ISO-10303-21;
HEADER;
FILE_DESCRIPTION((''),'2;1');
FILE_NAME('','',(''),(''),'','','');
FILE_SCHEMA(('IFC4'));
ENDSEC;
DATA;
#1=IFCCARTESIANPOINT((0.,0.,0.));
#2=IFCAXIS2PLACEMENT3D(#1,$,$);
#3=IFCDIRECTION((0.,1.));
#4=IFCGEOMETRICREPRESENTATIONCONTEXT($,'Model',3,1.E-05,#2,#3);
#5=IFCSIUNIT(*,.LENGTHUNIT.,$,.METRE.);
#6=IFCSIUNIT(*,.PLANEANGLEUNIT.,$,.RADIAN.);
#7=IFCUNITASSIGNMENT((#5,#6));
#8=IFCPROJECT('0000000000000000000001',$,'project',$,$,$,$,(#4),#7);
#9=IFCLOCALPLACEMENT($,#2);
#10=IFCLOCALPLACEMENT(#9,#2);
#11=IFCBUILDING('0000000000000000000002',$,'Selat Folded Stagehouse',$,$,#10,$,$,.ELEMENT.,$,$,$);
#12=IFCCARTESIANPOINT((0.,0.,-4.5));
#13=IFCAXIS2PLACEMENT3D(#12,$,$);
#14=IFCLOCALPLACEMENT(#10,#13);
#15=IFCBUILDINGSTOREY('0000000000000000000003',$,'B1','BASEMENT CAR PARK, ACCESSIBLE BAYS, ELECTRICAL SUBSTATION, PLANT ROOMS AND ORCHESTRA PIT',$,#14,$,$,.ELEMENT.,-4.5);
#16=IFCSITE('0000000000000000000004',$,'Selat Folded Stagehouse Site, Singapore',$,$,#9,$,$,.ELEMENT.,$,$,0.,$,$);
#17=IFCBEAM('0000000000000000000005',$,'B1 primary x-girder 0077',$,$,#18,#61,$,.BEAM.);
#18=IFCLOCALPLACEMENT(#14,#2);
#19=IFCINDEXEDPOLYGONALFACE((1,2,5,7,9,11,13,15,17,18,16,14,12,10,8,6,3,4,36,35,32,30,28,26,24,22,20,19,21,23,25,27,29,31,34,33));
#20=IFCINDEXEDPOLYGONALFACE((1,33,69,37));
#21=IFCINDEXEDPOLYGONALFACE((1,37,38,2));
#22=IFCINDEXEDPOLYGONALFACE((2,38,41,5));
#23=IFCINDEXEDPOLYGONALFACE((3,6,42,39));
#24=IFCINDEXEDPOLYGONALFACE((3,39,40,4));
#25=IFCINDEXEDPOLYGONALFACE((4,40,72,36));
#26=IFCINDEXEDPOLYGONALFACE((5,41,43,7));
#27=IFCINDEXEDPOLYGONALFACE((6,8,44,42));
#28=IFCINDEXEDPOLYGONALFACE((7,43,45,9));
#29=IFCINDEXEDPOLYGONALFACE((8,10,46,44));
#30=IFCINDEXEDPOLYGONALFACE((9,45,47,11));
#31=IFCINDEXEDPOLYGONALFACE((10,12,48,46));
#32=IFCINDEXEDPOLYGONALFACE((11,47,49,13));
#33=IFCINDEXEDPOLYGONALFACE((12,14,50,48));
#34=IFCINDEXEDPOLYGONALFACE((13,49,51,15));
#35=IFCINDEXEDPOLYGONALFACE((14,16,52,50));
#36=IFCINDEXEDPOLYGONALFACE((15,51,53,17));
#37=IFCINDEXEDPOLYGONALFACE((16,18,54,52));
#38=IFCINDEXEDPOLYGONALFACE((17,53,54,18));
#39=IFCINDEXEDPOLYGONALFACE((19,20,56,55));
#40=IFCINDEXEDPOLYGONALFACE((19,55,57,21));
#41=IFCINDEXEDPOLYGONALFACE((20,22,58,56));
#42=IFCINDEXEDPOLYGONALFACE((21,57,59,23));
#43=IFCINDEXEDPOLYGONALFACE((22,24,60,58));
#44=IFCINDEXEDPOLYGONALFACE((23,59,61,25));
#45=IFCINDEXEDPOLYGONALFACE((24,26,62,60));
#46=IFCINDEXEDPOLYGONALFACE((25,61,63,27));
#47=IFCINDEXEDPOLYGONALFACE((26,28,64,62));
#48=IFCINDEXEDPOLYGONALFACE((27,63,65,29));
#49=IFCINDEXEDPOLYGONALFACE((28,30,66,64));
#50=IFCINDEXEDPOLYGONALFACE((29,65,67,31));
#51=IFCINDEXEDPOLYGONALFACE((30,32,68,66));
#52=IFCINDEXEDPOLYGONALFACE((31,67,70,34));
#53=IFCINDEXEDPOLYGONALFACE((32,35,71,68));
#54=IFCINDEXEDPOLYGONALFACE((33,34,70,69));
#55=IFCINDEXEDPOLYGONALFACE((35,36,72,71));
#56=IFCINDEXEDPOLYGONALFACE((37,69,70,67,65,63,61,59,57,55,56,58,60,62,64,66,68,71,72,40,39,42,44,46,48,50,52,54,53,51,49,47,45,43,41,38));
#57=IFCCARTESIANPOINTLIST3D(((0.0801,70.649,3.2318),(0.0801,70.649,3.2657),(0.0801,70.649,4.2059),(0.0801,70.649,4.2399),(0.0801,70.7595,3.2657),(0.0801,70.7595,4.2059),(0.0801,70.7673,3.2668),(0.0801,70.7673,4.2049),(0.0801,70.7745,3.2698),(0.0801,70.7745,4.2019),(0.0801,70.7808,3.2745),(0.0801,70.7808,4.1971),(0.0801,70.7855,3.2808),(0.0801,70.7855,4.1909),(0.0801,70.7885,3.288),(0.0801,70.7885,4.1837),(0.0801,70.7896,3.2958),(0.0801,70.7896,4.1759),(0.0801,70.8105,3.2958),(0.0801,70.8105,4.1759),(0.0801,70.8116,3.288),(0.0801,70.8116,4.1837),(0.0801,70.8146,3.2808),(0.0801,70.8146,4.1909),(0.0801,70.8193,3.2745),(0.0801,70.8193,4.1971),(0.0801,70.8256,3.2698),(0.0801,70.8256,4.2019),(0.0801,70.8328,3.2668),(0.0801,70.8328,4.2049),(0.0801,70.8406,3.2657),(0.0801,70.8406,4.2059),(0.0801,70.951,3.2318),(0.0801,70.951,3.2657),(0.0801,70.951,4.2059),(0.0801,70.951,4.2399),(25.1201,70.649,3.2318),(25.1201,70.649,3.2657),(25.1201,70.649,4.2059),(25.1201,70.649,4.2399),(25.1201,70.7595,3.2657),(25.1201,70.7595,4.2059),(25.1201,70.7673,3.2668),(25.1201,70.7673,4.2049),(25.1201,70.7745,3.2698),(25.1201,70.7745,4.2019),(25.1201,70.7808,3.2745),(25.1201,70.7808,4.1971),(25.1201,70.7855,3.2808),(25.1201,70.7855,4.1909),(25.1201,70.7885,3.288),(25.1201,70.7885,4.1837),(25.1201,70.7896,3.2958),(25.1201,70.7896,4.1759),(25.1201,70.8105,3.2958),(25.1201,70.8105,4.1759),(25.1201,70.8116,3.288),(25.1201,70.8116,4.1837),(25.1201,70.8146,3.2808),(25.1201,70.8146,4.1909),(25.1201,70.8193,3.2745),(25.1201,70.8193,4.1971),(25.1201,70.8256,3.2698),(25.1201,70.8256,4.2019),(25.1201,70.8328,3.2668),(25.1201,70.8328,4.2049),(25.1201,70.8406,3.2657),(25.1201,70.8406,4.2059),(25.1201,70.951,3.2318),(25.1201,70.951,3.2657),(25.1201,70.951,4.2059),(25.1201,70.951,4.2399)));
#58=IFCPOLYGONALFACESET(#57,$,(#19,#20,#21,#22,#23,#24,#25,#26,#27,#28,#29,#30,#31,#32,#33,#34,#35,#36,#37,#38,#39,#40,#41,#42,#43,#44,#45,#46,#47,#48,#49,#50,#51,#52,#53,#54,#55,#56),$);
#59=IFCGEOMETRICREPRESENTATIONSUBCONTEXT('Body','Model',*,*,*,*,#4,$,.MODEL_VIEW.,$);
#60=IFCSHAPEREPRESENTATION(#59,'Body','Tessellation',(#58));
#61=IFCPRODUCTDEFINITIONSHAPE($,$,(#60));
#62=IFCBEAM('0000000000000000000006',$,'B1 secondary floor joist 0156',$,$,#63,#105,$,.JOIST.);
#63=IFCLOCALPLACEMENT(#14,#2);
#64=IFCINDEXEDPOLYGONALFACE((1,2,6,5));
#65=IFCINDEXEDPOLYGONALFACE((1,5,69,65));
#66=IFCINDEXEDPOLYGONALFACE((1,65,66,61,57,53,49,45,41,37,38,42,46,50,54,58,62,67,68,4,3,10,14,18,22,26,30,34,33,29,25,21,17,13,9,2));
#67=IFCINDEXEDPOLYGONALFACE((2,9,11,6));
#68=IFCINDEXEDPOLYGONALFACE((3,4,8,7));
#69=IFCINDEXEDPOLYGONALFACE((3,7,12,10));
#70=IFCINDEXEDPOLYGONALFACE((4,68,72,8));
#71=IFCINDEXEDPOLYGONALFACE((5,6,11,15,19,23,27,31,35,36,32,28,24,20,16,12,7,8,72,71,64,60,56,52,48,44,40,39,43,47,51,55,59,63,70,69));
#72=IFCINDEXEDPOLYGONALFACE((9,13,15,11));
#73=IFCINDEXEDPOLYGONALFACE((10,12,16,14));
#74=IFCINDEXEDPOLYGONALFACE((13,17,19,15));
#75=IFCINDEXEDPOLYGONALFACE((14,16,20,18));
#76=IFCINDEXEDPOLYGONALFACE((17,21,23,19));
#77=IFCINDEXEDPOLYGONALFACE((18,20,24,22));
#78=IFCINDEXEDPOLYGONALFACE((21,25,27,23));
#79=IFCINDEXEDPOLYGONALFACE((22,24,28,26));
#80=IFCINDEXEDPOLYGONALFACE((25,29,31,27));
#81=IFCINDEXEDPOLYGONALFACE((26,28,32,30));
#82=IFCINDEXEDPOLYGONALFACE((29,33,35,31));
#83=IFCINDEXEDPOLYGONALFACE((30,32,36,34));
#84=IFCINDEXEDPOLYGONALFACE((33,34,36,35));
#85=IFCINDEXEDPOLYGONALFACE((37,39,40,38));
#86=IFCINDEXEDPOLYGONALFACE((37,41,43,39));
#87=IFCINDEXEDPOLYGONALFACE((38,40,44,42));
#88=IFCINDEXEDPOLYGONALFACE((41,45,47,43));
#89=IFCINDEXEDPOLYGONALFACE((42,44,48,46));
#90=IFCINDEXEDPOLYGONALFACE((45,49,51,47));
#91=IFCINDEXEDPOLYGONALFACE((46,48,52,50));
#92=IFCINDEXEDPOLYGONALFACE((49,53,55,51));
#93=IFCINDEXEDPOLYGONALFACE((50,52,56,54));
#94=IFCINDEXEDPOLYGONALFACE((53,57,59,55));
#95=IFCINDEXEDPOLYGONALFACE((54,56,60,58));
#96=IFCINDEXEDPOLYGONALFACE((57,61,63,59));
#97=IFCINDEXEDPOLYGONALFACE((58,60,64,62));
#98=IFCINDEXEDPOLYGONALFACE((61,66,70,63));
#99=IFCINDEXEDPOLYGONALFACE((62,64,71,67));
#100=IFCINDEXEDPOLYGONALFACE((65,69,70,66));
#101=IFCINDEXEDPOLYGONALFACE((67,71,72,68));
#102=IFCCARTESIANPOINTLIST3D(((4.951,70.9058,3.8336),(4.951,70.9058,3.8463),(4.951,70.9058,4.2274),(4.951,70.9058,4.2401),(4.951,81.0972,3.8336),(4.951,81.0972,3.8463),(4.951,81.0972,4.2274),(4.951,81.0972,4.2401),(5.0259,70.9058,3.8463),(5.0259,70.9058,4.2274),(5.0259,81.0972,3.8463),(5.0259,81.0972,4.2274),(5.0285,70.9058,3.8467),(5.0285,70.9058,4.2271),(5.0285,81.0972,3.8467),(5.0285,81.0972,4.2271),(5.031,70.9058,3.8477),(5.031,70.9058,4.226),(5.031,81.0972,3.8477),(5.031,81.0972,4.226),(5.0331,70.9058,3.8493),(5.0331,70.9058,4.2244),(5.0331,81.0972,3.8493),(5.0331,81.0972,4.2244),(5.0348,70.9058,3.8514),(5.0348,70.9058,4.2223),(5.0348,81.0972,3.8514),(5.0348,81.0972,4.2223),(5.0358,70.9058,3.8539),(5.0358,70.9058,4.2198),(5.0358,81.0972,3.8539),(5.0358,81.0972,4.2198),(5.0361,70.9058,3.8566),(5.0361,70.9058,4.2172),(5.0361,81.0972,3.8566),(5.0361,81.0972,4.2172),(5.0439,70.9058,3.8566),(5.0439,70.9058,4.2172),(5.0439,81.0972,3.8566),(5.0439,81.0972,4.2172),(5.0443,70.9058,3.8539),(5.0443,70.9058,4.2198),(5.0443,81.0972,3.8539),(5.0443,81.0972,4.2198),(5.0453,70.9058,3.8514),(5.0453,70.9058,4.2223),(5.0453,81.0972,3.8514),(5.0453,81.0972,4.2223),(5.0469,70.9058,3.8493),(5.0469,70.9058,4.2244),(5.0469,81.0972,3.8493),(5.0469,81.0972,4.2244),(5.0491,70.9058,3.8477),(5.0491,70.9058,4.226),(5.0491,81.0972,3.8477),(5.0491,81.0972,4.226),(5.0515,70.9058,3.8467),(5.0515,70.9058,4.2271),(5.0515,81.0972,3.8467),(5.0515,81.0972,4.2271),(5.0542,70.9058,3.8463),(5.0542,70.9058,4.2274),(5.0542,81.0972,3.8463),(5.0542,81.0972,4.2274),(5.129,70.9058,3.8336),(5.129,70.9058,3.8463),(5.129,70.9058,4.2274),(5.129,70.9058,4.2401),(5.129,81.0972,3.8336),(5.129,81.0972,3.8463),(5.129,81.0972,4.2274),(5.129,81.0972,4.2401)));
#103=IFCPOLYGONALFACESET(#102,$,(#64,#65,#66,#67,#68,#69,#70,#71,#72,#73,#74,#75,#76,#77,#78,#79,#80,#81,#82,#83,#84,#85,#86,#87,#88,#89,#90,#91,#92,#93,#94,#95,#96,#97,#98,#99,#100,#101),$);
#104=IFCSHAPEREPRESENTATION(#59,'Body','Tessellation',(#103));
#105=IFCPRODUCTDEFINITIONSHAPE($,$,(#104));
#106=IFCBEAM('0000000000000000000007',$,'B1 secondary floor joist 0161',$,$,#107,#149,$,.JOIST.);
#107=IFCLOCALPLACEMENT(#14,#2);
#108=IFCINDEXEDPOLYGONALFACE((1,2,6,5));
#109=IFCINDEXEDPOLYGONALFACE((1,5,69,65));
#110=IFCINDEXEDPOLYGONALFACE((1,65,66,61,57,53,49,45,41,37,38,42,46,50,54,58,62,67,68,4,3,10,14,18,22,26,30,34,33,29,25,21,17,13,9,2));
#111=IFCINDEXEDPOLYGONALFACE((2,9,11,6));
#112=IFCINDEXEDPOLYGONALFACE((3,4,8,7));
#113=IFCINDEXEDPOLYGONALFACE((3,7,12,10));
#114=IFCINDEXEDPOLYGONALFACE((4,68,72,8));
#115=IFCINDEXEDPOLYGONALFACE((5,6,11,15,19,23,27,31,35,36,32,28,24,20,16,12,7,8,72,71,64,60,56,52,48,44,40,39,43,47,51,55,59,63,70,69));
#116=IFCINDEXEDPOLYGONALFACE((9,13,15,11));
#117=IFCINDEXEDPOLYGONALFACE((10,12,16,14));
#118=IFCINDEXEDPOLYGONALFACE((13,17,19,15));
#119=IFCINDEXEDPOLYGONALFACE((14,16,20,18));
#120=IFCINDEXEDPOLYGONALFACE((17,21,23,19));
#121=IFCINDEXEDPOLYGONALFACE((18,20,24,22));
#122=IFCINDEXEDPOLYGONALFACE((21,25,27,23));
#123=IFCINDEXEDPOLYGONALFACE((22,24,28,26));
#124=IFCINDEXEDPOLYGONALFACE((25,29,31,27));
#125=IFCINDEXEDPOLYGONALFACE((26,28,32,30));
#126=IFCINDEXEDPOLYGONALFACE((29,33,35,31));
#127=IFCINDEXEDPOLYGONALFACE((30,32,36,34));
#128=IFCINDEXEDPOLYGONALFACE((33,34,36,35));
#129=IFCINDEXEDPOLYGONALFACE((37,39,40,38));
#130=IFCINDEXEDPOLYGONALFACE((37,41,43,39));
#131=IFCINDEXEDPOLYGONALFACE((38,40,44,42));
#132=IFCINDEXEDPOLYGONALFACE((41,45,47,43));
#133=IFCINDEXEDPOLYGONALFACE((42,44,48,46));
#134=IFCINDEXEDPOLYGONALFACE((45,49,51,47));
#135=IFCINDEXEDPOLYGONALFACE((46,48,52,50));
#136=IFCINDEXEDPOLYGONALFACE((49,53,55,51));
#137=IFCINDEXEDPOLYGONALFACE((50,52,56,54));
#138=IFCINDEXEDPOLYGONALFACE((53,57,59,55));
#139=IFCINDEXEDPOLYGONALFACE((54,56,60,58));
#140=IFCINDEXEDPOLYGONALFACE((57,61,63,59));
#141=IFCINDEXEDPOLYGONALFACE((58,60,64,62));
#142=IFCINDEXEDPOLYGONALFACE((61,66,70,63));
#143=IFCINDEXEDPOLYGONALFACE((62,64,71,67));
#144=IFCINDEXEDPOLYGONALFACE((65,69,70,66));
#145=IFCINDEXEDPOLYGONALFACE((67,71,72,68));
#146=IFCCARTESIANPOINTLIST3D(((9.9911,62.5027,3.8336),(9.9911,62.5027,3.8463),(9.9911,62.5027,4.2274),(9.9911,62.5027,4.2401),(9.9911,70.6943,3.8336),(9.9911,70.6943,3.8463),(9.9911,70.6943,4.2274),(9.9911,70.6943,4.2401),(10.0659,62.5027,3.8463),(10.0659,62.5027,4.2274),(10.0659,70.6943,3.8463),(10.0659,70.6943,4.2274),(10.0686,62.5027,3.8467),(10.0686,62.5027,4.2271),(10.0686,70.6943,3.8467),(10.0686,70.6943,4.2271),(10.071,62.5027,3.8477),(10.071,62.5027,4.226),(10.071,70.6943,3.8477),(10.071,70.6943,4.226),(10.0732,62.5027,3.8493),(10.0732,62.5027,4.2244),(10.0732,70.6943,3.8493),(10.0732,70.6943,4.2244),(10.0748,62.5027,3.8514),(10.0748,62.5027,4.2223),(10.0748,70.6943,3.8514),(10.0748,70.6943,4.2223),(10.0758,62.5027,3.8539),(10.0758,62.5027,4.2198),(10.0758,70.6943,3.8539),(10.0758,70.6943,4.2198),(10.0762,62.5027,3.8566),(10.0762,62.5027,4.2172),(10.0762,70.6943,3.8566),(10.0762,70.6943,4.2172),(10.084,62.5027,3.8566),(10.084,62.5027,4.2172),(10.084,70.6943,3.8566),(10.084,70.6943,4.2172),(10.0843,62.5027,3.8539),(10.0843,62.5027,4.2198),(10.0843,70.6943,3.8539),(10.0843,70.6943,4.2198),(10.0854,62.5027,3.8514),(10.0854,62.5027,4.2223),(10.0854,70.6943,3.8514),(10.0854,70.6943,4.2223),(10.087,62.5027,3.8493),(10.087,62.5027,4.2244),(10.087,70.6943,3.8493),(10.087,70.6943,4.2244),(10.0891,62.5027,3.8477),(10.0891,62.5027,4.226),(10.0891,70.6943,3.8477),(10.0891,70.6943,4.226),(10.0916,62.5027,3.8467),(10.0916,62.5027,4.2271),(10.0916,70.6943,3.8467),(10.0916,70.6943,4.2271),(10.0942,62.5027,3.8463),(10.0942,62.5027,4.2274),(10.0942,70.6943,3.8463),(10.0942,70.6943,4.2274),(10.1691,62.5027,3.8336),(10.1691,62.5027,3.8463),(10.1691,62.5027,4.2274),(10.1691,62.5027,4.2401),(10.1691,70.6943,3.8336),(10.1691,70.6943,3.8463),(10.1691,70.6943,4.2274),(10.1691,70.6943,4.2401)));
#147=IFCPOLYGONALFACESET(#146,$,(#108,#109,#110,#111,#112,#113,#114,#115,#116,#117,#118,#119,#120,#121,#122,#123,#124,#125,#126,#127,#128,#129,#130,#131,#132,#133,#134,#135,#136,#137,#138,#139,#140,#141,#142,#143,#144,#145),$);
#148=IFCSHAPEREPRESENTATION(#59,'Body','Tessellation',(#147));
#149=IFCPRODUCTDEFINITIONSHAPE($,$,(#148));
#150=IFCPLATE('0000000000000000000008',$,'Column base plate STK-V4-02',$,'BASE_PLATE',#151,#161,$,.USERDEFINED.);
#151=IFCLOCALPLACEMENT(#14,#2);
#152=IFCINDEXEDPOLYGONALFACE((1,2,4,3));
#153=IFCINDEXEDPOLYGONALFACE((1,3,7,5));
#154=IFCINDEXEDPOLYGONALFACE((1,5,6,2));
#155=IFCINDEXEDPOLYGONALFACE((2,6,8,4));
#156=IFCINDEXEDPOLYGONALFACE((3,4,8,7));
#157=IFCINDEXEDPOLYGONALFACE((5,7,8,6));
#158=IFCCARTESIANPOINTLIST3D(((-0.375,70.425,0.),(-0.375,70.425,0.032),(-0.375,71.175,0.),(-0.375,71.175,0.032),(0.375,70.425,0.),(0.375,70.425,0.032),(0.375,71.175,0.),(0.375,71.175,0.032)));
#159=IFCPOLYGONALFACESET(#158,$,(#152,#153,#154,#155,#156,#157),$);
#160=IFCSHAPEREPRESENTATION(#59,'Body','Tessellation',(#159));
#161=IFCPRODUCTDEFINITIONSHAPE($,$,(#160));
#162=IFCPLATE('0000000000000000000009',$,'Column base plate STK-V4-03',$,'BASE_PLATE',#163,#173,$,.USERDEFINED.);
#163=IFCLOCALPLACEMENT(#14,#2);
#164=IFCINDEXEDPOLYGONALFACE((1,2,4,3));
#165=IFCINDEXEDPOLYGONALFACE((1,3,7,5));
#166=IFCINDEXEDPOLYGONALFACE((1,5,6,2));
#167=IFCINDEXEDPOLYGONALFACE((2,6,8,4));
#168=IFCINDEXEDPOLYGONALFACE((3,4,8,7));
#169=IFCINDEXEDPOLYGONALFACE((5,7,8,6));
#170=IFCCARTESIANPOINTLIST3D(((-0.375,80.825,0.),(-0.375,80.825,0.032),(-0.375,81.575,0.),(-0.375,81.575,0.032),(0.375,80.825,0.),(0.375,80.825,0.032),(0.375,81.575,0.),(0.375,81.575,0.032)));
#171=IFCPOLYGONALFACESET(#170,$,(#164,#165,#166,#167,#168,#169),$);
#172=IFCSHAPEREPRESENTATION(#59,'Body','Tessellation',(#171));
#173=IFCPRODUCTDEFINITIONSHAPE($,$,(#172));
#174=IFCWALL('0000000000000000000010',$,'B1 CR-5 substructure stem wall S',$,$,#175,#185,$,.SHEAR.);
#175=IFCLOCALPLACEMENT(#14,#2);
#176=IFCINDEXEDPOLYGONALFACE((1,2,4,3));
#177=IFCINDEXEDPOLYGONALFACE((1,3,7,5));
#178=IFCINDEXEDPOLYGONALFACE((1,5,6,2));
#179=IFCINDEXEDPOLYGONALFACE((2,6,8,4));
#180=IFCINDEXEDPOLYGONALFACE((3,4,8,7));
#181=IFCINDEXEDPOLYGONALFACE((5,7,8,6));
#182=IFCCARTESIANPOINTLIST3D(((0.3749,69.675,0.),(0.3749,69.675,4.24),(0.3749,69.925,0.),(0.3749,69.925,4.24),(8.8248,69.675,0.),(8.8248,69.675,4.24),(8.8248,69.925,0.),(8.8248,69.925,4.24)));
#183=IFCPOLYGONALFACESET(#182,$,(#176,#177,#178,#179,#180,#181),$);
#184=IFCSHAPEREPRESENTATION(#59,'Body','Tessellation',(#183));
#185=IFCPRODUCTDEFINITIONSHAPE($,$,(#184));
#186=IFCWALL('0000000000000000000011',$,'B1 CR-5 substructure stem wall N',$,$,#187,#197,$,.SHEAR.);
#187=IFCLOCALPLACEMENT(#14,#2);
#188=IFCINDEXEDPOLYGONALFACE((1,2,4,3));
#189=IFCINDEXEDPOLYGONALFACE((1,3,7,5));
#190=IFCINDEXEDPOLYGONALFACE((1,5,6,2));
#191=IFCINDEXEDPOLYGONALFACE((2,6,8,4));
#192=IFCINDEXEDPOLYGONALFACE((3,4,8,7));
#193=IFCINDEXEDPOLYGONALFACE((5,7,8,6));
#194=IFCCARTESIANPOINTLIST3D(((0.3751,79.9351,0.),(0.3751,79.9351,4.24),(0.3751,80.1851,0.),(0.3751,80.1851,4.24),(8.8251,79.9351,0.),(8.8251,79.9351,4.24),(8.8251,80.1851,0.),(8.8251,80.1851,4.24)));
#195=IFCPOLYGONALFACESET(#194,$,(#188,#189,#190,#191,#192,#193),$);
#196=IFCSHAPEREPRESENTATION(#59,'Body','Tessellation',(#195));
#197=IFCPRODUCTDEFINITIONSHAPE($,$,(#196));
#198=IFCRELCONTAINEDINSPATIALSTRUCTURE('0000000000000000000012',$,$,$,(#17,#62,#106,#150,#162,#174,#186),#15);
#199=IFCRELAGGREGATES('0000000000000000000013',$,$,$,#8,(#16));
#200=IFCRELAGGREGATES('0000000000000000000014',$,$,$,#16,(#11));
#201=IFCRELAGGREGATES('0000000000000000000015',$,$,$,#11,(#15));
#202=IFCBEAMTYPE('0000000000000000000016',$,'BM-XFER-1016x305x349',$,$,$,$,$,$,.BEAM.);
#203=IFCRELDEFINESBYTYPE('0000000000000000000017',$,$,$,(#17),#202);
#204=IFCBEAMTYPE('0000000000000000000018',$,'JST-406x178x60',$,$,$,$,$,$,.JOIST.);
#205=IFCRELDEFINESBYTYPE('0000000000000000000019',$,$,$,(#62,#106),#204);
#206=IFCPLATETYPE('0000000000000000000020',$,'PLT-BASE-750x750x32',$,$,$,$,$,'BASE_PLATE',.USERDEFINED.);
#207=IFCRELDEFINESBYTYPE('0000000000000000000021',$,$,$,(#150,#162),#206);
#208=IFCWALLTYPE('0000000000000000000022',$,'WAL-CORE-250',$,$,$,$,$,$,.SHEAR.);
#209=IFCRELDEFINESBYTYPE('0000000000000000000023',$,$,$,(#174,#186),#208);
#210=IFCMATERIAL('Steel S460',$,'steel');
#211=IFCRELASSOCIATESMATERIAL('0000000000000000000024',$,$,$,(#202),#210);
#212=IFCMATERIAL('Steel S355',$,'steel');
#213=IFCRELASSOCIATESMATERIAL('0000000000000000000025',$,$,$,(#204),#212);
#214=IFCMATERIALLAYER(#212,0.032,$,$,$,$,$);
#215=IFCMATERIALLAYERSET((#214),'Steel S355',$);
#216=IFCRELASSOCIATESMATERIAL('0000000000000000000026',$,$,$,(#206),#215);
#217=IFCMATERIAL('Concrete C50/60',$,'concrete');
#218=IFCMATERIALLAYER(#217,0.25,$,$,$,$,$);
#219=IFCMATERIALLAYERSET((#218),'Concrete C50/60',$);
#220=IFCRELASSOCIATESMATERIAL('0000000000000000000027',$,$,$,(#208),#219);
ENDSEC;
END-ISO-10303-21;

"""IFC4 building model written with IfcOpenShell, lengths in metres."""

from ifc_helpers import new_model, si_unit, direction, frame, frame_2d, origin, origin_2d, place, context, subcontext, project, spatial, rectangle, i_section, extrude, material, layer, layer_set, material_profile, profile_set, type_object, element, save


model = new_model("IFC4")

# Units and contexts
model_context = context("Model", 3, precision=1e-05, world=origin(), true_north=direction((0.0, 1.0)))
body_context = subcontext(model_context, "Body", "Model", "MODEL_VIEW")
ifc_project = project(units=[si_unit("LENGTHUNIT", "METRE"), si_unit("PLANEANGLEUNIT", "RADIAN")], contexts=[model_context])

# Site, building, storey
site_placement = place(None, origin())
site = spatial("IfcSite", under=ifc_project, at=site_placement, Name="Selat Folded Stagehouse Site, Singapore", CompositionType="ELEMENT", RefElevation=0.0)
building_placement = place(site_placement, origin())
building = spatial("IfcBuilding", under=site, at=building_placement, Name="Selat Folded Stagehouse", CompositionType="ELEMENT")
storey_placement = place(building_placement, frame((0.0, 0.0, -4.5)))
storey = spatial("IfcBuildingStorey", under=building, at=storey_placement, Name="B1", Description="BASEMENT CAR PARK, ACCESSIBLE BAYS, ELECTRICAL SUBSTATION, PLANT ROOMS AND ORCHESTRA PIT", CompositionType="ELEMENT", Elevation=-4.5)

# Shared definitions
ifc_material_1 = material(Name="Steel S355", Category="steel")

# Beams
ifc_material_2 = material(Name="Steel S460", Category="steel")
ifc_material_profile_1 = material_profile(ifc_material_2, i_section(OverallWidth=0.302, OverallDepth=1.0081, WebThickness=0.021, FlangeThickness=0.0339, FilletRadius=0.03, at=origin_2d()), Name="UKB 1016x305x349")
ifc_profile_set_1 = profile_set([ifc_material_profile_1], Name="Steel S460")
beam_type_1 = type_object("IfcBeamType", Name="BM-XFER-1016x305x349", PredefinedType="BEAM", material=ifc_profile_set_1)
beam_1_placement = place(storey_placement, frame((0.0801, 70.8, 3.7358), z_axis=(1.0, 0.0, 0.0), x_axis=(0.0, 1.0, 0.0)))
element("IfcBeam", 1, at=beam_1_placement, inside=storey, type_object=beam_type_1, Name="B1 primary x-girder 0077", PredefinedType="BEAM", context=body_context, shape_type="SweptSolid", body=[
    extrude(i_section(OverallWidth=0.302, OverallDepth=1.0081, WebThickness=0.021, FlangeThickness=0.0339, FilletRadius=0.03, at=origin_2d()), origin(), (0.0, 0.0, 1.0), 25.04),
])
ifc_material_profile_2 = material_profile(ifc_material_1, i_section(OverallWidth=0.178, OverallDepth=0.4065, WebThickness=0.0078, FlangeThickness=0.0127, FilletRadius=0.0103, at=origin_2d()), Name="UKB 406x178x60")
ifc_profile_set_2 = profile_set([ifc_material_profile_2], Name="Steel S355")
beam_type_2 = type_object("IfcBeamType", Name="JST-406x178x60", PredefinedType="JOIST", material=ifc_profile_set_2)
beam_2_placement = place(storey_placement, frame((5.04, 70.9058, 4.0369), z_axis=(0.0, 1.0, 0.0), x_axis=(-1.0, 0.0, 0.0)))
element("IfcBeam", 2, at=beam_2_placement, inside=storey, type_object=beam_type_2, Name="B1 secondary floor joist 0156", PredefinedType="JOIST", context=body_context, shape_type="SweptSolid", body=[
    extrude(i_section(OverallWidth=0.178, OverallDepth=0.4065, WebThickness=0.0078, FlangeThickness=0.0127, FilletRadius=0.0103, at=origin_2d()), origin(), (0.0, 0.0, 1.0), 10.1914),
])
beam_3_placement = place(storey_placement, frame((10.0801, 62.5027, 4.0369), z_axis=(0.0, 1.0, 0.0), x_axis=(-1.0, 0.0, 0.0)))
element("IfcBeam", 3, at=beam_3_placement, inside=storey, type_object=beam_type_2, Name="B1 secondary floor joist 0161", PredefinedType="JOIST", context=body_context, shape_type="SweptSolid", body=[
    extrude(i_section(OverallWidth=0.178, OverallDepth=0.4065, WebThickness=0.0078, FlangeThickness=0.0127, FilletRadius=0.0103, at=origin_2d()), origin(), (0.0, 0.0, 1.0), 8.1917),
])

# Plates
ifc_layer_1 = layer(ifc_material_1, 0.032)
ifc_layer_set_1 = layer_set([ifc_layer_1], Name="Steel S355")
plate_type = type_object("IfcPlateType", Name="PLT-BASE-750x750x32", ElementType="BASE_PLATE", PredefinedType="USERDEFINED", material=ifc_layer_set_1)
for number, where, z_axis, x_axis, name in (
    (4, (0.0, 70.8, 0.0), (0.0, 0.0, 1.0), (1.0, 0.0, 0.0), "Column base plate STK-V4-02"),
    (5, (0.0, 81.2, 0.0), (0.0, 0.0, 1.0), (1.0, 0.0, 0.0), "Column base plate STK-V4-03"),
):
    element("IfcPlate", number, at=place(storey_placement, frame(where, z_axis=z_axis, x_axis=x_axis)), inside=storey, type_object=plate_type, Name=name, ObjectType="BASE_PLATE", PredefinedType="USERDEFINED", context=body_context, shape_type="SweptSolid", body=[
        extrude(rectangle(XDim=0.75, YDim=0.75, at=origin_2d()), origin(), (0.0, 0.0, 1.0), 0.032),
    ])

# Walls
ifc_material_3 = material(Name="Concrete C50/60", Category="concrete")
ifc_layer_2 = layer(ifc_material_3, 0.25)
ifc_layer_set_2 = layer_set([ifc_layer_2], Name="Concrete C50/60")
wall_type = type_object("IfcWallType", Name="WAL-CORE-250", PredefinedType="SHEAR", material=ifc_layer_set_2)
for number, where, z_axis, x_axis, name in (
    (6, (8.825, 69.8, 0.0), (0.0, 0.0, 1.0), (-1.0, 0.0, 0.0), "B1 CR-5 substructure stem wall S"),
    (7, (0.375, 80.0601, 0.0), (0.0, 0.0, 1.0), (1.0, 0.0, 0.0), "B1 CR-5 substructure stem wall N"),
):
    element("IfcWall", number, at=place(storey_placement, frame(where, z_axis=z_axis, x_axis=x_axis)), inside=storey, type_object=wall_type, Name=name, PredefinedType="SHEAR", context=body_context, shape_type="SweptSolid", body=[
        extrude(rectangle(XDim=8.45, YDim=0.25, at=frame_2d((4.2251, 0.0))), origin(), (0.0, 0.0, 1.0), 4.24),
    ])

save(model, "model.ifc")
